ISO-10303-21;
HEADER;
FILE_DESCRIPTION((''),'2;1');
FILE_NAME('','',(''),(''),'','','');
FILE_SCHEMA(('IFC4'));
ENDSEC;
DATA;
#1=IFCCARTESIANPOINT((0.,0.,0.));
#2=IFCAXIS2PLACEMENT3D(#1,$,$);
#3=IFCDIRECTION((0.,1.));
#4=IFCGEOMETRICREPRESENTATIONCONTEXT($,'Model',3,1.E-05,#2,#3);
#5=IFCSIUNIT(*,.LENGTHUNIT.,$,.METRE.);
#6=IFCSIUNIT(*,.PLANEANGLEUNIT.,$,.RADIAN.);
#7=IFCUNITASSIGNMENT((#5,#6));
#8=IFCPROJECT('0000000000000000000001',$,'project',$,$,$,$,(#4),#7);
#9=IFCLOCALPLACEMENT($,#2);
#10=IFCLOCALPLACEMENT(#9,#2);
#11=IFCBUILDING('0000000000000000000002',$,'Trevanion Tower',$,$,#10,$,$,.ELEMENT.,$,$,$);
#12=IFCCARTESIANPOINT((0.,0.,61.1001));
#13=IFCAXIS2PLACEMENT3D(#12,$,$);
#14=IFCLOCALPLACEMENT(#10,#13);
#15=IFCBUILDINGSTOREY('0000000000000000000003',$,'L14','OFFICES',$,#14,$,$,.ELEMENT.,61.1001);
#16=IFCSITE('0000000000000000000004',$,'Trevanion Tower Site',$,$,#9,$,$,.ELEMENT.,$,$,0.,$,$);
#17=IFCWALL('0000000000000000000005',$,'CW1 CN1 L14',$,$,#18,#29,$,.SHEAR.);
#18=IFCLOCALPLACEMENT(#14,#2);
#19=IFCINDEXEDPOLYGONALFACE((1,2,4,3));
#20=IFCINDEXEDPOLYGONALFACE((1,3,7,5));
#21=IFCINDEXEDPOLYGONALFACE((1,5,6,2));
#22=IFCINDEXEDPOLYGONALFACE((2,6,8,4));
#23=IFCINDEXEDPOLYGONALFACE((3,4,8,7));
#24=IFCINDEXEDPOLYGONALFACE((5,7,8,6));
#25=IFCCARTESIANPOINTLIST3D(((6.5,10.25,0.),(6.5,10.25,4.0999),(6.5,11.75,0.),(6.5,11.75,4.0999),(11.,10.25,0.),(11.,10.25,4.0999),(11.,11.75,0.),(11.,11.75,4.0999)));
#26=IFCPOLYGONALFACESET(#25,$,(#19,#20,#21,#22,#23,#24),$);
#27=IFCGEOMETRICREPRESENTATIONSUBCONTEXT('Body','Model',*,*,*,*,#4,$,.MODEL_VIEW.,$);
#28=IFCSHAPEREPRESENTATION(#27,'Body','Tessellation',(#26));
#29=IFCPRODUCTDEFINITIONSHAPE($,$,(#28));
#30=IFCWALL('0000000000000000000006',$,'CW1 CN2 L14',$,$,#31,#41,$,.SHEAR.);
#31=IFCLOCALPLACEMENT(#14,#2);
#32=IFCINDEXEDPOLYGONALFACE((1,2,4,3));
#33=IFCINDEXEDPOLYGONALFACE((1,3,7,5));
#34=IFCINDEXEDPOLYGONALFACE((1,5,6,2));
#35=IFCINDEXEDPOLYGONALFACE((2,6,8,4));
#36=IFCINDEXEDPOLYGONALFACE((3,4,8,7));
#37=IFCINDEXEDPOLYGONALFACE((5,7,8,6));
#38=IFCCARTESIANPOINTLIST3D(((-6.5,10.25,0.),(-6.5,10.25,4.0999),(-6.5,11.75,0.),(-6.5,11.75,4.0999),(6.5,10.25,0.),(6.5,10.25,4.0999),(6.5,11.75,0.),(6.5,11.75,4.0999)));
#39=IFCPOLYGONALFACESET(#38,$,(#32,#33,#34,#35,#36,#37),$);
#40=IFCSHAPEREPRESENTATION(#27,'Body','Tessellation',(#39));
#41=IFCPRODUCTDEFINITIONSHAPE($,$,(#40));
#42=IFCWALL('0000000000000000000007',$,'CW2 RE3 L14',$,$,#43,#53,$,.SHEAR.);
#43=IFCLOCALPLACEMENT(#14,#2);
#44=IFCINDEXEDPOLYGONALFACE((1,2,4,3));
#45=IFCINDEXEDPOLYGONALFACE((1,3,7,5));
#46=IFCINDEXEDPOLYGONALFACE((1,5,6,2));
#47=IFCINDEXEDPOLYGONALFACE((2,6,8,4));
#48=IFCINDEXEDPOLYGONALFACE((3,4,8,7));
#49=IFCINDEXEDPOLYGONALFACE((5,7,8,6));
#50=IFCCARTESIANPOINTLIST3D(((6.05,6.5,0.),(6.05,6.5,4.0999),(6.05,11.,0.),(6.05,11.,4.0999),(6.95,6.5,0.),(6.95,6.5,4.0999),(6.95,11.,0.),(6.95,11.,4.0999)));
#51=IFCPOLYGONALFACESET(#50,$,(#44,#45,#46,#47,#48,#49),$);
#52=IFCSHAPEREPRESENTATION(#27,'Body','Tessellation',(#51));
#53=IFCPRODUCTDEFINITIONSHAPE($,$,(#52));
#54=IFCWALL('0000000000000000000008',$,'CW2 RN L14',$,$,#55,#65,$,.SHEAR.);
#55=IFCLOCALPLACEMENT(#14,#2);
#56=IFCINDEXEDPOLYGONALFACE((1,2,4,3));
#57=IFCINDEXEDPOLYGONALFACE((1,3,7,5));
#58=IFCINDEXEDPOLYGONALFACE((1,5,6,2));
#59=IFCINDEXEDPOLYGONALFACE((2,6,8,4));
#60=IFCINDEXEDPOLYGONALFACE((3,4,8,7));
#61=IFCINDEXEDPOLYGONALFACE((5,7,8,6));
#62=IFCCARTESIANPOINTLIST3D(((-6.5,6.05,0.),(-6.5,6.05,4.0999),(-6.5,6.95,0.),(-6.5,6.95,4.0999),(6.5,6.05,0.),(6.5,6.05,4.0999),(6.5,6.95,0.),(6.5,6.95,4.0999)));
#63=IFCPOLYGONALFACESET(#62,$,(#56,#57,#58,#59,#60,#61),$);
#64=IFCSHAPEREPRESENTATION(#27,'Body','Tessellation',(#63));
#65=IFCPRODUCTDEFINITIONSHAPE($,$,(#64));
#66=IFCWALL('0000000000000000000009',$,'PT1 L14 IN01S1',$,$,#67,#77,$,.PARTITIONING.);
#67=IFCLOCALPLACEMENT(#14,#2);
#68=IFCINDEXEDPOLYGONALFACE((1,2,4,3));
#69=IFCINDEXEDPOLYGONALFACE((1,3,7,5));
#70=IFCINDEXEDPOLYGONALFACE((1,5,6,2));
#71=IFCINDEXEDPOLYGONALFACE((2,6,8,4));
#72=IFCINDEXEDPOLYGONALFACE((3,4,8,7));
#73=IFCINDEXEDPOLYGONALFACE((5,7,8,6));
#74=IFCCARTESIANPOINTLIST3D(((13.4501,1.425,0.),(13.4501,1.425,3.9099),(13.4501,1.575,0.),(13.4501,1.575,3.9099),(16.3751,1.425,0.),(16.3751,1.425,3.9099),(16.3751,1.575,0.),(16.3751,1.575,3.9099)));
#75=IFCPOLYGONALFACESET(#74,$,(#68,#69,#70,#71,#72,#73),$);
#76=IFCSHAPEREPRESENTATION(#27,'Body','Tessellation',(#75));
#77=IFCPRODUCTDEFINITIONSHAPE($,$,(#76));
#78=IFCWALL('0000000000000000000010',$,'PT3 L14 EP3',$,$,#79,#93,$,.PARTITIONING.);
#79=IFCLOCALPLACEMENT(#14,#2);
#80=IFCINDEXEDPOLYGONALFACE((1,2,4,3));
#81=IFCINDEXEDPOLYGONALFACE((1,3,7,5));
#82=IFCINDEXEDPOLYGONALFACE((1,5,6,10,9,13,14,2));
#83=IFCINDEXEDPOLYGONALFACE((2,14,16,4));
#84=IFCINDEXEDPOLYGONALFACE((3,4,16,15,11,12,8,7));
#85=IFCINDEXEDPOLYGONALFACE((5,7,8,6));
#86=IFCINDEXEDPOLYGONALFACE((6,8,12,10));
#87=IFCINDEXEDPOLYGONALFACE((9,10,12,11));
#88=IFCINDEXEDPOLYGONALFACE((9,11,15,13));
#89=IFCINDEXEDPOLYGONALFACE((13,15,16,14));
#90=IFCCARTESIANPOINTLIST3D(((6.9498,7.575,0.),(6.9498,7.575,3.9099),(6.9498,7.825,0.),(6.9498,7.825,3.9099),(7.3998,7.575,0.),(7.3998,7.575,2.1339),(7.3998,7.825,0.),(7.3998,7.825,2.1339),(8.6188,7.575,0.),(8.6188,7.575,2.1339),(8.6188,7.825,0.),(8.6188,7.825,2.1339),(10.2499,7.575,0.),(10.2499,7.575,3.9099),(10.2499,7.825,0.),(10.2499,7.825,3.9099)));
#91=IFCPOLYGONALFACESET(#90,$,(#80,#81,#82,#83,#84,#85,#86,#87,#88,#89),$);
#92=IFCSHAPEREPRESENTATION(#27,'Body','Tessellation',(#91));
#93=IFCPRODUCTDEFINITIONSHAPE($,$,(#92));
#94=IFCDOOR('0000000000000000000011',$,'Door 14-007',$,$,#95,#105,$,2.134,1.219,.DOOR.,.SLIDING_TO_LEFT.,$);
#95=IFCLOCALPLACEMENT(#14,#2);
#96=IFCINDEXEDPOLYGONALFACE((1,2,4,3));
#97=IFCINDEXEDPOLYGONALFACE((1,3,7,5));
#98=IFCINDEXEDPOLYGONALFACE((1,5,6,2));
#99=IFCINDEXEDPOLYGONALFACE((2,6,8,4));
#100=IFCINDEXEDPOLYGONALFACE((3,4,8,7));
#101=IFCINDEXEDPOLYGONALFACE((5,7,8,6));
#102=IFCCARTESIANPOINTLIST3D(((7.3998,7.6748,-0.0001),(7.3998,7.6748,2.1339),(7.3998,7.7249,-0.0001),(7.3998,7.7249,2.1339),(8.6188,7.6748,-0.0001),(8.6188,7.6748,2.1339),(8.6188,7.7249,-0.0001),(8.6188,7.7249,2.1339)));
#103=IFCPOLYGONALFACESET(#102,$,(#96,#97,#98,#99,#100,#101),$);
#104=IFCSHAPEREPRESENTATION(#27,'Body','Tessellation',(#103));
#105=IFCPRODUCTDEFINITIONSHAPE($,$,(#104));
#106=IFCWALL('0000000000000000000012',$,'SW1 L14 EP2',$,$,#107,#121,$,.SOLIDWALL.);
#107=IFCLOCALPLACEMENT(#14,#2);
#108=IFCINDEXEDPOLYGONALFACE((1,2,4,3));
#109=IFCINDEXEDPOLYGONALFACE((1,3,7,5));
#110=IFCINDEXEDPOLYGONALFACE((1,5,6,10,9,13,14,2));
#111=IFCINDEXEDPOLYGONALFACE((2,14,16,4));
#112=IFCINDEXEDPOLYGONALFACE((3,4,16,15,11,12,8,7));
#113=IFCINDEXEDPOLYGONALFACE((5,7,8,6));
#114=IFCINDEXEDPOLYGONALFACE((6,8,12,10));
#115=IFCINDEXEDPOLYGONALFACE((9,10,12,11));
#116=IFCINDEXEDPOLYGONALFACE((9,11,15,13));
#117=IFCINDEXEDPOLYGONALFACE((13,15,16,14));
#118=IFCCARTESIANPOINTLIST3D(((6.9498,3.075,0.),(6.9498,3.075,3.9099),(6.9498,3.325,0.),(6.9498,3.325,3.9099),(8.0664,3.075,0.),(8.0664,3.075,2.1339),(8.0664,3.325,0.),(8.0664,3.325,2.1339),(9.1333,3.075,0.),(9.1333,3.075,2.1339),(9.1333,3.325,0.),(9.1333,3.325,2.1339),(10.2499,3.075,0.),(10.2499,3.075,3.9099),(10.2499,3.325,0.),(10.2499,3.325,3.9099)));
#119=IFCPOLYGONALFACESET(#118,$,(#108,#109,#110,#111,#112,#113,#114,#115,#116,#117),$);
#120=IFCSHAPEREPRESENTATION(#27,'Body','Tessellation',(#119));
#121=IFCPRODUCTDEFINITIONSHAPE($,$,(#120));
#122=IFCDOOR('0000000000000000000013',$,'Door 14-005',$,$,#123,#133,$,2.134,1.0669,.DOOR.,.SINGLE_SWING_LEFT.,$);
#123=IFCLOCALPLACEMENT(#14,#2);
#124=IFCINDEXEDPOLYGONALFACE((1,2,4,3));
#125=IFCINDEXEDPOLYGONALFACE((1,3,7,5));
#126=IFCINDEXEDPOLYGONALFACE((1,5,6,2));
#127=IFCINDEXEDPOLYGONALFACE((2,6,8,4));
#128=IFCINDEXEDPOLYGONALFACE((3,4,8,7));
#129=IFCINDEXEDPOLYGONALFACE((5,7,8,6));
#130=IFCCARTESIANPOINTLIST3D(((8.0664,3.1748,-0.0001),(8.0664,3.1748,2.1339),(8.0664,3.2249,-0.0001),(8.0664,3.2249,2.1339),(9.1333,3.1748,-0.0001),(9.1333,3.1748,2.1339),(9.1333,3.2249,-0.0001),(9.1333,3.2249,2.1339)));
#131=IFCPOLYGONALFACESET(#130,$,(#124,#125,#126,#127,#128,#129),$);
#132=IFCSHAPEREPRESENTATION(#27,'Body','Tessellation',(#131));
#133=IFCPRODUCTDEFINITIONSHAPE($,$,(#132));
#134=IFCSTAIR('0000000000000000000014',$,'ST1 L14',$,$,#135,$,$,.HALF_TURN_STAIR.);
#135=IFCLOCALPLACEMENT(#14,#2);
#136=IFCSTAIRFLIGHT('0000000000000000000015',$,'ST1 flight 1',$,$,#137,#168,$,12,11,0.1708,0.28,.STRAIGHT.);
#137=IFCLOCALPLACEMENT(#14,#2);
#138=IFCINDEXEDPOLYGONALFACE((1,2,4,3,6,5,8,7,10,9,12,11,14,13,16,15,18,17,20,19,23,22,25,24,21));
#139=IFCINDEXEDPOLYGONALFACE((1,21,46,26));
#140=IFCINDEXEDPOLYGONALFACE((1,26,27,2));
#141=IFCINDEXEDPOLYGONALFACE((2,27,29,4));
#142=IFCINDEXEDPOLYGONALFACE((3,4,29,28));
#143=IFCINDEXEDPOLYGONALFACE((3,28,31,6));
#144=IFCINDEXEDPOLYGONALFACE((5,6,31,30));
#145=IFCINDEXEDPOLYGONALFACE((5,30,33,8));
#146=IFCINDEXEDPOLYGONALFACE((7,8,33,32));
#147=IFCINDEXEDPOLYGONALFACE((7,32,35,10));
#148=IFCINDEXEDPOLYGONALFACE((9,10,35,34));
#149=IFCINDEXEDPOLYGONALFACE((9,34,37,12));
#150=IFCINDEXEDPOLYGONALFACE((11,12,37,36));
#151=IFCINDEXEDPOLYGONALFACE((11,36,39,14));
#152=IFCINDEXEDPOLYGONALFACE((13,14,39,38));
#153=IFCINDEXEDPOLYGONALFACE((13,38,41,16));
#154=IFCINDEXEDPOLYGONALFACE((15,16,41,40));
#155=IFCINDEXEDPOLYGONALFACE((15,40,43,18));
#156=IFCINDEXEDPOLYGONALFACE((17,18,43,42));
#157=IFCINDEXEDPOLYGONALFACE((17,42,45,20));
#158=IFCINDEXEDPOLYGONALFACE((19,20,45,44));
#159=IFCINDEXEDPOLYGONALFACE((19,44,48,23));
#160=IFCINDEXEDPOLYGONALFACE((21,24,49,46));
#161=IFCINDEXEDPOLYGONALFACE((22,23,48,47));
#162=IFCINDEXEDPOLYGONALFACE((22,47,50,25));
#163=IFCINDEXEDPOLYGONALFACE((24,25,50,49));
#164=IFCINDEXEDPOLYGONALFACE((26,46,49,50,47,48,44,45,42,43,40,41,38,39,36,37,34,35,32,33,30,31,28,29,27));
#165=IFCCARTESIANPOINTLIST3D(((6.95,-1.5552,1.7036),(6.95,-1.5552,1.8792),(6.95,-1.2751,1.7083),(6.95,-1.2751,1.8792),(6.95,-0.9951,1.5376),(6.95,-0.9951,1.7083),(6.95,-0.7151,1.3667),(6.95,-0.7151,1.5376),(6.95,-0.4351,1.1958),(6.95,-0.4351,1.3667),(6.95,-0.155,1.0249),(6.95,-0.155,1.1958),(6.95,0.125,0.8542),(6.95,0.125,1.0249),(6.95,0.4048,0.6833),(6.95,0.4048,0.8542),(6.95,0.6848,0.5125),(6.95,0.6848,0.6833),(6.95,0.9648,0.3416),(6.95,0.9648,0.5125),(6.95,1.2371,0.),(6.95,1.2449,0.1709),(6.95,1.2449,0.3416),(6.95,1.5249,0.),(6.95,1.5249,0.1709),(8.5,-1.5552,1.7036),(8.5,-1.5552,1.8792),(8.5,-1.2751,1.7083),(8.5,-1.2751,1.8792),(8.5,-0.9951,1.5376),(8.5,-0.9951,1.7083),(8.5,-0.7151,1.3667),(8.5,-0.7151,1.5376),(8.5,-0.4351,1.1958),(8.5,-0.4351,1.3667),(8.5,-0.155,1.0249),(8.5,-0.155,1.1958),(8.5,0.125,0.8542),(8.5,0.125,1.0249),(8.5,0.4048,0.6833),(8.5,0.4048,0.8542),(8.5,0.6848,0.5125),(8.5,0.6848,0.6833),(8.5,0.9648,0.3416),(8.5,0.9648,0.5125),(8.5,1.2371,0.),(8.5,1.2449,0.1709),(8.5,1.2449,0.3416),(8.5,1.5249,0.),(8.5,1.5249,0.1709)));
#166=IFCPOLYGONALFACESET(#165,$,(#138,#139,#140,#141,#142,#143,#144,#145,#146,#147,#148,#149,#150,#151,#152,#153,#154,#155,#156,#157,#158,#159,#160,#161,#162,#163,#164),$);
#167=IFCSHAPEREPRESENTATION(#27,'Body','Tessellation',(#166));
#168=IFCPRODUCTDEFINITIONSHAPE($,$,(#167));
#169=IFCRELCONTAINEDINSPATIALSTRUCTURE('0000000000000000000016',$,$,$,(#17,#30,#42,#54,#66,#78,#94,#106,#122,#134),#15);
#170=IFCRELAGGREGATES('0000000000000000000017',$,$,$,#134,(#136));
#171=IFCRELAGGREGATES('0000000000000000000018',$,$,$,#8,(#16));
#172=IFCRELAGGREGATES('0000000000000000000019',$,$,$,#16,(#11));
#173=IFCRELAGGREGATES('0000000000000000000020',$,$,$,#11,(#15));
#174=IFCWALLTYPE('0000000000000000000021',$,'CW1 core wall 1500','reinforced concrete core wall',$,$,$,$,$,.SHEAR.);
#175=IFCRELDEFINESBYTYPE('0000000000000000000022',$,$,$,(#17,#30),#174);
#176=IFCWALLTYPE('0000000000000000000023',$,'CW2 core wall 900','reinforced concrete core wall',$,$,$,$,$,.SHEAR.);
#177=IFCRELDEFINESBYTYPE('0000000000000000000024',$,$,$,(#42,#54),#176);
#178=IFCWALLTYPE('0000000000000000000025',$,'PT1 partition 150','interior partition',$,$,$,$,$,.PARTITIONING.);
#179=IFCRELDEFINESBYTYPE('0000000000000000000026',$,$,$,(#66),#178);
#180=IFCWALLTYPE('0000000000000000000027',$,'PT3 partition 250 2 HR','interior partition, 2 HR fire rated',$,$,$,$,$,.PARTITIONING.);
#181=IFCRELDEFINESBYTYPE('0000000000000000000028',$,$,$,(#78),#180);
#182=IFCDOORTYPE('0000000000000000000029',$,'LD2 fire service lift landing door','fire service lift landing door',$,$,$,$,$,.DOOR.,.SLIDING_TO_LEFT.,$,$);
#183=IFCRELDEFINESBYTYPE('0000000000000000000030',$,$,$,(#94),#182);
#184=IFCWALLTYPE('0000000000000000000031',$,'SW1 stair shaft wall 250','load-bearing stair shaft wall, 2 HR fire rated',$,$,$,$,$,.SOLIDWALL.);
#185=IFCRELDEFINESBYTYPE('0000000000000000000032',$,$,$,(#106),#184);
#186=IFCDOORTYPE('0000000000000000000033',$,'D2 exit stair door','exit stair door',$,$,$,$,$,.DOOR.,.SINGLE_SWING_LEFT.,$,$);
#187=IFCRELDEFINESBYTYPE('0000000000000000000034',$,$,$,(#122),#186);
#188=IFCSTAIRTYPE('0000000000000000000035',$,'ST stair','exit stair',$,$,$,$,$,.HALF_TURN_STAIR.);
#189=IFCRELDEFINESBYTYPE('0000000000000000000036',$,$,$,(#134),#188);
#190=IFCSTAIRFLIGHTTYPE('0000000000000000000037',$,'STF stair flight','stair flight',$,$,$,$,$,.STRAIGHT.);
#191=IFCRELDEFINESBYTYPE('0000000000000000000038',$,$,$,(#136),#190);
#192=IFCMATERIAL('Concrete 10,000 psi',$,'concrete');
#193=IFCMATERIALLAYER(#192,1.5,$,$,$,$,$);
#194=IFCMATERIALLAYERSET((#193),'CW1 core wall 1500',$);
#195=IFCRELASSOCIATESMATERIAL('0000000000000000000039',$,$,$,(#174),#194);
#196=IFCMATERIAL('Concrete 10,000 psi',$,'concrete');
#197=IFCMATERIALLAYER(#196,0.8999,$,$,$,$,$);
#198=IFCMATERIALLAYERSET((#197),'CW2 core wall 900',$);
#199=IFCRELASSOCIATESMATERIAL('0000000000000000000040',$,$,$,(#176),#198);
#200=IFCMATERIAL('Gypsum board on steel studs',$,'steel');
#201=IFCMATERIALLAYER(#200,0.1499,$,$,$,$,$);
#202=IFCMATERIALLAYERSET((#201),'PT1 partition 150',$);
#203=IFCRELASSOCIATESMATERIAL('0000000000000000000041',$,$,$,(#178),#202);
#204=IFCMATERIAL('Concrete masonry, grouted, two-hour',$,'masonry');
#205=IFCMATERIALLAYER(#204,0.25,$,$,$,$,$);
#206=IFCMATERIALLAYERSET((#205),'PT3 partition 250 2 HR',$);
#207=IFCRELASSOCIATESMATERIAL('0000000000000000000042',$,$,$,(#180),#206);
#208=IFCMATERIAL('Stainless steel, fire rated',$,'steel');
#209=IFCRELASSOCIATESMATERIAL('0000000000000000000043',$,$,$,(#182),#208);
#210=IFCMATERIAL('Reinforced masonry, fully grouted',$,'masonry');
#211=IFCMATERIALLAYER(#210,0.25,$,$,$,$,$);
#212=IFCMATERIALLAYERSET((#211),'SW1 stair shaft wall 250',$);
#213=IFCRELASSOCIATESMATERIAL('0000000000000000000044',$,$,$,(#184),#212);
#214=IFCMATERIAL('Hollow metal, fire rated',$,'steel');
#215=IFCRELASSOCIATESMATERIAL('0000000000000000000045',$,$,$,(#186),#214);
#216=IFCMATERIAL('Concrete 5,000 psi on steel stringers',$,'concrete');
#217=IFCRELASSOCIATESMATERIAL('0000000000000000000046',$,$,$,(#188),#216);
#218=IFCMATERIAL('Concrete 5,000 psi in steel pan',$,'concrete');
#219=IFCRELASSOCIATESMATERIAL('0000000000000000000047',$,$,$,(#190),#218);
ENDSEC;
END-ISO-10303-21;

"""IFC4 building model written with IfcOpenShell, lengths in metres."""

from ifc_helpers import new_model, si_unit, direction, frame, frame_2d, origin, place, context, subcontext, project, spatial, polyline, rectangle, outline, extrude, material, layer, layer_set, type_object, element, fill, aggregate, save


model = new_model("IFC4")

# Units and contexts
model_context = context("Model", 3, precision=1e-05, world=origin(), true_north=direction((0.0, 1.0)))
body_context = subcontext(model_context, "Body", "Model", "MODEL_VIEW")
ifc_project = project(units=[si_unit("LENGTHUNIT", "METRE"), si_unit("PLANEANGLEUNIT", "RADIAN")], contexts=[model_context])

# Site, building, storey
site_placement = place(None, origin())
site = spatial("IfcSite", under=ifc_project, at=site_placement, Name="Trevanion Tower Site", CompositionType="ELEMENT", RefElevation=0.0)
building_placement = place(site_placement, origin())
building = spatial("IfcBuilding", under=site, at=building_placement, Name="Trevanion Tower", CompositionType="ELEMENT")
storey_placement = place(building_placement, frame((0.0, 0.0, 61.1001)))
storey = spatial("IfcBuildingStorey", under=building, at=storey_placement, Name="L14", Description="OFFICES", CompositionType="ELEMENT", Elevation=61.1001)

# Walls
ifc_material_1 = material(Name="Concrete 10,000 psi", Category="concrete")
ifc_layer_1 = layer(ifc_material_1, 1.5)
ifc_layer_set_1 = layer_set([ifc_layer_1], Name="CW1 core wall 1500")
wall_type_1 = type_object("IfcWallType", Name="CW1 core wall 1500", Description="reinforced concrete core wall", PredefinedType="SHEAR", material=ifc_layer_set_1)
wall_1_placement = place(storey_placement, frame((11.0, 11.0, 0.0), z_axis=(0.0, 0.0, 1.0), x_axis=(-1.0, 0.0, 0.0)))
element("IfcWall", 1, at=wall_1_placement, inside=storey, type_object=wall_type_1, Name="CW1 CN1 L14", PredefinedType="SHEAR", context=body_context, shape_type="SweptSolid", body=[
    extrude(rectangle(XDim=4.5, YDim=1.5, at=frame_2d((2.25, 0.0))), origin(), (0.0, 0.0, 1.0), 4.0999),
])
wall_2_placement = place(storey_placement, frame((6.5, 11.0, 0.0), z_axis=(0.0, 0.0, 1.0), x_axis=(-1.0, 0.0, 0.0)))
element("IfcWall", 2, at=wall_2_placement, inside=storey, type_object=wall_type_1, Name="CW1 CN2 L14", PredefinedType="SHEAR", context=body_context, shape_type="SweptSolid", body=[
    extrude(rectangle(XDim=13.0, YDim=1.5, at=frame_2d((6.5, 0.0))), origin(), (0.0, 0.0, 1.0), 4.0999),
])
ifc_material_2 = material(Name="Concrete 10,000 psi", Category="concrete")
ifc_layer_2 = layer(ifc_material_2, 0.8999)
ifc_layer_set_2 = layer_set([ifc_layer_2], Name="CW2 core wall 900")
wall_type_2 = type_object("IfcWallType", Name="CW2 core wall 900", Description="reinforced concrete core wall", PredefinedType="SHEAR", material=ifc_layer_set_2)
wall_3_placement = place(storey_placement, frame((6.5, 6.5, 0.0), z_axis=(0.0, 0.0, 1.0), x_axis=(0.0, 1.0, 0.0)))
element("IfcWall", 3, at=wall_3_placement, inside=storey, type_object=wall_type_2, Name="CW2 RE3 L14", PredefinedType="SHEAR", context=body_context, shape_type="SweptSolid", body=[
    extrude(rectangle(XDim=4.5, YDim=0.8999, at=frame_2d((2.25, 0.0))), origin(), (0.0, 0.0, 1.0), 4.0999),
])
wall_4_placement = place(storey_placement, frame((6.5, 6.5, 0.0), z_axis=(0.0, 0.0, 1.0), x_axis=(-1.0, 0.0, 0.0)))
element("IfcWall", 4, at=wall_4_placement, inside=storey, type_object=wall_type_2, Name="CW2 RN L14", PredefinedType="SHEAR", context=body_context, shape_type="SweptSolid", body=[
    extrude(rectangle(XDim=13.0, YDim=0.8999, at=frame_2d((6.5, 0.0))), origin(), (0.0, 0.0, 1.0), 4.0999),
])
ifc_material_3 = material(Name="Gypsum board on steel studs", Category="steel")
ifc_layer_3 = layer(ifc_material_3, 0.1499)
ifc_layer_set_3 = layer_set([ifc_layer_3], Name="PT1 partition 150")
wall_type_3 = type_object("IfcWallType", Name="PT1 partition 150", Description="interior partition", PredefinedType="PARTITIONING", material=ifc_layer_set_3)
wall_5_placement = place(storey_placement, frame((16.375, 1.5, 0.0), z_axis=(0.0, 0.0, 1.0), x_axis=(-1.0, 0.0, 0.0)))
element("IfcWall", 5, at=wall_5_placement, inside=storey, type_object=wall_type_3, Name="PT1 L14 IN01S1", PredefinedType="PARTITIONING", context=body_context, shape_type="SweptSolid", body=[
    extrude(rectangle(XDim=2.925, YDim=0.1499, at=frame_2d((1.4624, 0.0))), origin(), (0.0, 0.0, 1.0), 3.9099),
])

# Walls, openings, doors
ifc_material_4 = material(Name="Concrete masonry, grouted, two-hour", Category="masonry")
ifc_layer_4 = layer(ifc_material_4, 0.25)
ifc_layer_set_4 = layer_set([ifc_layer_4], Name="PT3 partition 250 2 HR")
wall_type_4 = type_object("IfcWallType", Name="PT3 partition 250 2 HR", Description="interior partition, 2 HR fire rated", PredefinedType="PARTITIONING", material=ifc_layer_set_4)
wall_6_placement = place(storey_placement, frame((6.95, 7.7, 0.0), z_axis=(0.0, 0.0, 1.0), x_axis=(1.0, 0.0, 0.0)))
wall_6 = element("IfcWall", 6, at=wall_6_placement, inside=storey, type_object=wall_type_4, Name="PT3 L14 EP3", PredefinedType="PARTITIONING", context=body_context, shape_type="SweptSolid", body=[
    extrude(rectangle(XDim=3.3, YDim=0.25, at=frame_2d((1.6499, 0.0))), origin(), (0.0, 0.0, 1.0), 3.9099),
])
opening_1_placement = place(wall_6_placement, frame((0.45, 0.0, 0.0)))
opening_1 = element("IfcOpeningElement", 7, at=opening_1_placement, cuts=wall_6, PredefinedType="OPENING", context=body_context, shape_type="SweptSolid", body=[
    extrude(rectangle(XDim=1.219, YDim=2.134, at=frame_2d((0.6094, 1.0669))), frame((0.0, 0.135, 0.0), z_axis=(0.0, -1.0, 0.0), x_axis=(1.0, 0.0, 0.0)), (0.0, 0.0, 1.0), 0.27),
])
ifc_material_5 = material(Name="Stainless steel, fire rated", Category="steel")
door_type_1 = type_object("IfcDoorType", Name="LD2 fire service lift landing door", Description="fire service lift landing door", OperationType="SLIDING_TO_LEFT", PredefinedType="DOOR", material=ifc_material_5)
door_1_placement = place(opening_1_placement, origin())
door_1 = element("IfcDoor", 8, at=door_1_placement, inside=storey, type_object=door_type_1, Name="Door 14-007", OperationType="SLIDING_TO_LEFT", OverallHeight=2.134, OverallWidth=1.219, PredefinedType="DOOR", context=body_context, shape_type="SweptSolid", body=[
    extrude(rectangle(XDim=1.219, YDim=2.134, at=frame_2d((0.6094, 1.0669))), frame((0.0, 0.0249, 0.0), z_axis=(0.0, -1.0, 0.0), x_axis=(1.0, 0.0, 0.0)), (0.0, 0.0, 1.0), 0.05),
])
fill(opening_1, door_1)
ifc_material_6 = material(Name="Reinforced masonry, fully grouted", Category="masonry")
ifc_layer_5 = layer(ifc_material_6, 0.25)
ifc_layer_set_5 = layer_set([ifc_layer_5], Name="SW1 stair shaft wall 250")
wall_type_5 = type_object("IfcWallType", Name="SW1 stair shaft wall 250", Description="load-bearing stair shaft wall, 2 HR fire rated", PredefinedType="SOLIDWALL", material=ifc_layer_set_5)
wall_7_placement = place(storey_placement, frame((6.95, 3.2, 0.0), z_axis=(0.0, 0.0, 1.0), x_axis=(1.0, 0.0, 0.0)))
wall_7 = element("IfcWall", 9, at=wall_7_placement, inside=storey, type_object=wall_type_5, Name="SW1 L14 EP2", PredefinedType="SOLIDWALL", context=body_context, shape_type="SweptSolid", body=[
    extrude(rectangle(XDim=3.3, YDim=0.25, at=frame_2d((1.6499, 0.0))), origin(), (0.0, 0.0, 1.0), 3.9099),
])
opening_2_placement = place(wall_7_placement, frame((1.1165, 0.0, 0.0)))
opening_2 = element("IfcOpeningElement", 10, at=opening_2_placement, cuts=wall_7, PredefinedType="OPENING", context=body_context, shape_type="SweptSolid", body=[
    extrude(rectangle(XDim=1.0669, YDim=2.134, at=frame_2d((0.5334, 1.0669))), frame((0.0, 0.135, 0.0), z_axis=(0.0, -1.0, 0.0), x_axis=(1.0, 0.0, 0.0)), (0.0, 0.0, 1.0), 0.27),
])
ifc_material_7 = material(Name="Hollow metal, fire rated", Category="steel")
door_type_2 = type_object("IfcDoorType", Name="D2 exit stair door", Description="exit stair door", OperationType="SINGLE_SWING_LEFT", PredefinedType="DOOR", material=ifc_material_7)
door_2_placement = place(opening_2_placement, origin())
door_2 = element("IfcDoor", 11, at=door_2_placement, inside=storey, type_object=door_type_2, Name="Door 14-005", OperationType="SINGLE_SWING_LEFT", OverallHeight=2.134, OverallWidth=1.0669, PredefinedType="DOOR", context=body_context, shape_type="SweptSolid", body=[
    extrude(rectangle(XDim=1.0669, YDim=2.134, at=frame_2d((0.5334, 1.0669))), frame((0.0, 0.0249, 0.0), z_axis=(0.0, -1.0, 0.0), x_axis=(1.0, 0.0, 0.0)), (0.0, 0.0, 1.0), 0.05),
])
fill(opening_2, door_2)

# Stair, stair flight
ifc_material_8 = material(Name="Concrete 5,000 psi on steel stringers", Category="concrete")
stair_type = type_object("IfcStairType", Name="ST stair", Description="exit stair", PredefinedType="HALF_TURN_STAIR", material=ifc_material_8)
stair_placement = place(storey_placement, origin())
stair = element("IfcStair", 12, at=stair_placement, inside=storey, type_object=stair_type, Name="ST1 L14", PredefinedType="HALF_TURN_STAIR")
ifc_material_9 = material(Name="Concrete 5,000 psi in steel pan", Category="concrete")
stair_flight_type = type_object("IfcStairFlightType", Name="STF stair flight", Description="stair flight", PredefinedType="STRAIGHT", material=ifc_material_9)
stair_flight_placement = place(storey_placement, frame((7.7251, 1.5249, 0.0), z_axis=(0.0, 0.0, 1.0), x_axis=(0.0, -1.0, 0.0)))
stair_flight = element("IfcStairFlight", 13, at=stair_flight_placement, type_object=stair_flight_type, Name="ST1 flight 1", NumberOfRisers=12, NumberOfTreads=11, PredefinedType="STRAIGHT", RiserHeight=0.1708, TreadLength=0.28, context=body_context, shape_type="SweptSolid", body=[
    extrude(outline(polyline([(0.0, 0.0), (0.0, 0.1709), (0.28, 0.1709), (0.28, 0.3416), (0.5601, 0.3416), (0.5601, 0.5125), (0.8401, 0.5125), (0.8401, 0.6833), (1.1201, 0.6833), (1.1201, 0.8542), (1.3999, 0.8542), (1.3999, 1.0249), (1.6799, 1.0249), (1.6799, 1.1958), (1.96, 1.1958), (1.96, 1.3667), (2.24, 1.3667), (2.24, 1.5376), (2.52, 1.5376), (2.52, 1.7083), (2.8, 1.7083), (2.8, 1.8792), (3.0801, 1.8792), (3.0801, 2.05), (3.0801, 1.7036), (0.2878, 0.0), (0.0, 0.0)])), frame((0.0, 0.7749, 0.0), z_axis=(0.0, -1.0, 0.0), x_axis=(1.0, 0.0, 0.0)), (0.0, 0.0, 1.0), 1.55),
])
aggregate(stair, [stair_flight])

save(model, "model.ifc")
